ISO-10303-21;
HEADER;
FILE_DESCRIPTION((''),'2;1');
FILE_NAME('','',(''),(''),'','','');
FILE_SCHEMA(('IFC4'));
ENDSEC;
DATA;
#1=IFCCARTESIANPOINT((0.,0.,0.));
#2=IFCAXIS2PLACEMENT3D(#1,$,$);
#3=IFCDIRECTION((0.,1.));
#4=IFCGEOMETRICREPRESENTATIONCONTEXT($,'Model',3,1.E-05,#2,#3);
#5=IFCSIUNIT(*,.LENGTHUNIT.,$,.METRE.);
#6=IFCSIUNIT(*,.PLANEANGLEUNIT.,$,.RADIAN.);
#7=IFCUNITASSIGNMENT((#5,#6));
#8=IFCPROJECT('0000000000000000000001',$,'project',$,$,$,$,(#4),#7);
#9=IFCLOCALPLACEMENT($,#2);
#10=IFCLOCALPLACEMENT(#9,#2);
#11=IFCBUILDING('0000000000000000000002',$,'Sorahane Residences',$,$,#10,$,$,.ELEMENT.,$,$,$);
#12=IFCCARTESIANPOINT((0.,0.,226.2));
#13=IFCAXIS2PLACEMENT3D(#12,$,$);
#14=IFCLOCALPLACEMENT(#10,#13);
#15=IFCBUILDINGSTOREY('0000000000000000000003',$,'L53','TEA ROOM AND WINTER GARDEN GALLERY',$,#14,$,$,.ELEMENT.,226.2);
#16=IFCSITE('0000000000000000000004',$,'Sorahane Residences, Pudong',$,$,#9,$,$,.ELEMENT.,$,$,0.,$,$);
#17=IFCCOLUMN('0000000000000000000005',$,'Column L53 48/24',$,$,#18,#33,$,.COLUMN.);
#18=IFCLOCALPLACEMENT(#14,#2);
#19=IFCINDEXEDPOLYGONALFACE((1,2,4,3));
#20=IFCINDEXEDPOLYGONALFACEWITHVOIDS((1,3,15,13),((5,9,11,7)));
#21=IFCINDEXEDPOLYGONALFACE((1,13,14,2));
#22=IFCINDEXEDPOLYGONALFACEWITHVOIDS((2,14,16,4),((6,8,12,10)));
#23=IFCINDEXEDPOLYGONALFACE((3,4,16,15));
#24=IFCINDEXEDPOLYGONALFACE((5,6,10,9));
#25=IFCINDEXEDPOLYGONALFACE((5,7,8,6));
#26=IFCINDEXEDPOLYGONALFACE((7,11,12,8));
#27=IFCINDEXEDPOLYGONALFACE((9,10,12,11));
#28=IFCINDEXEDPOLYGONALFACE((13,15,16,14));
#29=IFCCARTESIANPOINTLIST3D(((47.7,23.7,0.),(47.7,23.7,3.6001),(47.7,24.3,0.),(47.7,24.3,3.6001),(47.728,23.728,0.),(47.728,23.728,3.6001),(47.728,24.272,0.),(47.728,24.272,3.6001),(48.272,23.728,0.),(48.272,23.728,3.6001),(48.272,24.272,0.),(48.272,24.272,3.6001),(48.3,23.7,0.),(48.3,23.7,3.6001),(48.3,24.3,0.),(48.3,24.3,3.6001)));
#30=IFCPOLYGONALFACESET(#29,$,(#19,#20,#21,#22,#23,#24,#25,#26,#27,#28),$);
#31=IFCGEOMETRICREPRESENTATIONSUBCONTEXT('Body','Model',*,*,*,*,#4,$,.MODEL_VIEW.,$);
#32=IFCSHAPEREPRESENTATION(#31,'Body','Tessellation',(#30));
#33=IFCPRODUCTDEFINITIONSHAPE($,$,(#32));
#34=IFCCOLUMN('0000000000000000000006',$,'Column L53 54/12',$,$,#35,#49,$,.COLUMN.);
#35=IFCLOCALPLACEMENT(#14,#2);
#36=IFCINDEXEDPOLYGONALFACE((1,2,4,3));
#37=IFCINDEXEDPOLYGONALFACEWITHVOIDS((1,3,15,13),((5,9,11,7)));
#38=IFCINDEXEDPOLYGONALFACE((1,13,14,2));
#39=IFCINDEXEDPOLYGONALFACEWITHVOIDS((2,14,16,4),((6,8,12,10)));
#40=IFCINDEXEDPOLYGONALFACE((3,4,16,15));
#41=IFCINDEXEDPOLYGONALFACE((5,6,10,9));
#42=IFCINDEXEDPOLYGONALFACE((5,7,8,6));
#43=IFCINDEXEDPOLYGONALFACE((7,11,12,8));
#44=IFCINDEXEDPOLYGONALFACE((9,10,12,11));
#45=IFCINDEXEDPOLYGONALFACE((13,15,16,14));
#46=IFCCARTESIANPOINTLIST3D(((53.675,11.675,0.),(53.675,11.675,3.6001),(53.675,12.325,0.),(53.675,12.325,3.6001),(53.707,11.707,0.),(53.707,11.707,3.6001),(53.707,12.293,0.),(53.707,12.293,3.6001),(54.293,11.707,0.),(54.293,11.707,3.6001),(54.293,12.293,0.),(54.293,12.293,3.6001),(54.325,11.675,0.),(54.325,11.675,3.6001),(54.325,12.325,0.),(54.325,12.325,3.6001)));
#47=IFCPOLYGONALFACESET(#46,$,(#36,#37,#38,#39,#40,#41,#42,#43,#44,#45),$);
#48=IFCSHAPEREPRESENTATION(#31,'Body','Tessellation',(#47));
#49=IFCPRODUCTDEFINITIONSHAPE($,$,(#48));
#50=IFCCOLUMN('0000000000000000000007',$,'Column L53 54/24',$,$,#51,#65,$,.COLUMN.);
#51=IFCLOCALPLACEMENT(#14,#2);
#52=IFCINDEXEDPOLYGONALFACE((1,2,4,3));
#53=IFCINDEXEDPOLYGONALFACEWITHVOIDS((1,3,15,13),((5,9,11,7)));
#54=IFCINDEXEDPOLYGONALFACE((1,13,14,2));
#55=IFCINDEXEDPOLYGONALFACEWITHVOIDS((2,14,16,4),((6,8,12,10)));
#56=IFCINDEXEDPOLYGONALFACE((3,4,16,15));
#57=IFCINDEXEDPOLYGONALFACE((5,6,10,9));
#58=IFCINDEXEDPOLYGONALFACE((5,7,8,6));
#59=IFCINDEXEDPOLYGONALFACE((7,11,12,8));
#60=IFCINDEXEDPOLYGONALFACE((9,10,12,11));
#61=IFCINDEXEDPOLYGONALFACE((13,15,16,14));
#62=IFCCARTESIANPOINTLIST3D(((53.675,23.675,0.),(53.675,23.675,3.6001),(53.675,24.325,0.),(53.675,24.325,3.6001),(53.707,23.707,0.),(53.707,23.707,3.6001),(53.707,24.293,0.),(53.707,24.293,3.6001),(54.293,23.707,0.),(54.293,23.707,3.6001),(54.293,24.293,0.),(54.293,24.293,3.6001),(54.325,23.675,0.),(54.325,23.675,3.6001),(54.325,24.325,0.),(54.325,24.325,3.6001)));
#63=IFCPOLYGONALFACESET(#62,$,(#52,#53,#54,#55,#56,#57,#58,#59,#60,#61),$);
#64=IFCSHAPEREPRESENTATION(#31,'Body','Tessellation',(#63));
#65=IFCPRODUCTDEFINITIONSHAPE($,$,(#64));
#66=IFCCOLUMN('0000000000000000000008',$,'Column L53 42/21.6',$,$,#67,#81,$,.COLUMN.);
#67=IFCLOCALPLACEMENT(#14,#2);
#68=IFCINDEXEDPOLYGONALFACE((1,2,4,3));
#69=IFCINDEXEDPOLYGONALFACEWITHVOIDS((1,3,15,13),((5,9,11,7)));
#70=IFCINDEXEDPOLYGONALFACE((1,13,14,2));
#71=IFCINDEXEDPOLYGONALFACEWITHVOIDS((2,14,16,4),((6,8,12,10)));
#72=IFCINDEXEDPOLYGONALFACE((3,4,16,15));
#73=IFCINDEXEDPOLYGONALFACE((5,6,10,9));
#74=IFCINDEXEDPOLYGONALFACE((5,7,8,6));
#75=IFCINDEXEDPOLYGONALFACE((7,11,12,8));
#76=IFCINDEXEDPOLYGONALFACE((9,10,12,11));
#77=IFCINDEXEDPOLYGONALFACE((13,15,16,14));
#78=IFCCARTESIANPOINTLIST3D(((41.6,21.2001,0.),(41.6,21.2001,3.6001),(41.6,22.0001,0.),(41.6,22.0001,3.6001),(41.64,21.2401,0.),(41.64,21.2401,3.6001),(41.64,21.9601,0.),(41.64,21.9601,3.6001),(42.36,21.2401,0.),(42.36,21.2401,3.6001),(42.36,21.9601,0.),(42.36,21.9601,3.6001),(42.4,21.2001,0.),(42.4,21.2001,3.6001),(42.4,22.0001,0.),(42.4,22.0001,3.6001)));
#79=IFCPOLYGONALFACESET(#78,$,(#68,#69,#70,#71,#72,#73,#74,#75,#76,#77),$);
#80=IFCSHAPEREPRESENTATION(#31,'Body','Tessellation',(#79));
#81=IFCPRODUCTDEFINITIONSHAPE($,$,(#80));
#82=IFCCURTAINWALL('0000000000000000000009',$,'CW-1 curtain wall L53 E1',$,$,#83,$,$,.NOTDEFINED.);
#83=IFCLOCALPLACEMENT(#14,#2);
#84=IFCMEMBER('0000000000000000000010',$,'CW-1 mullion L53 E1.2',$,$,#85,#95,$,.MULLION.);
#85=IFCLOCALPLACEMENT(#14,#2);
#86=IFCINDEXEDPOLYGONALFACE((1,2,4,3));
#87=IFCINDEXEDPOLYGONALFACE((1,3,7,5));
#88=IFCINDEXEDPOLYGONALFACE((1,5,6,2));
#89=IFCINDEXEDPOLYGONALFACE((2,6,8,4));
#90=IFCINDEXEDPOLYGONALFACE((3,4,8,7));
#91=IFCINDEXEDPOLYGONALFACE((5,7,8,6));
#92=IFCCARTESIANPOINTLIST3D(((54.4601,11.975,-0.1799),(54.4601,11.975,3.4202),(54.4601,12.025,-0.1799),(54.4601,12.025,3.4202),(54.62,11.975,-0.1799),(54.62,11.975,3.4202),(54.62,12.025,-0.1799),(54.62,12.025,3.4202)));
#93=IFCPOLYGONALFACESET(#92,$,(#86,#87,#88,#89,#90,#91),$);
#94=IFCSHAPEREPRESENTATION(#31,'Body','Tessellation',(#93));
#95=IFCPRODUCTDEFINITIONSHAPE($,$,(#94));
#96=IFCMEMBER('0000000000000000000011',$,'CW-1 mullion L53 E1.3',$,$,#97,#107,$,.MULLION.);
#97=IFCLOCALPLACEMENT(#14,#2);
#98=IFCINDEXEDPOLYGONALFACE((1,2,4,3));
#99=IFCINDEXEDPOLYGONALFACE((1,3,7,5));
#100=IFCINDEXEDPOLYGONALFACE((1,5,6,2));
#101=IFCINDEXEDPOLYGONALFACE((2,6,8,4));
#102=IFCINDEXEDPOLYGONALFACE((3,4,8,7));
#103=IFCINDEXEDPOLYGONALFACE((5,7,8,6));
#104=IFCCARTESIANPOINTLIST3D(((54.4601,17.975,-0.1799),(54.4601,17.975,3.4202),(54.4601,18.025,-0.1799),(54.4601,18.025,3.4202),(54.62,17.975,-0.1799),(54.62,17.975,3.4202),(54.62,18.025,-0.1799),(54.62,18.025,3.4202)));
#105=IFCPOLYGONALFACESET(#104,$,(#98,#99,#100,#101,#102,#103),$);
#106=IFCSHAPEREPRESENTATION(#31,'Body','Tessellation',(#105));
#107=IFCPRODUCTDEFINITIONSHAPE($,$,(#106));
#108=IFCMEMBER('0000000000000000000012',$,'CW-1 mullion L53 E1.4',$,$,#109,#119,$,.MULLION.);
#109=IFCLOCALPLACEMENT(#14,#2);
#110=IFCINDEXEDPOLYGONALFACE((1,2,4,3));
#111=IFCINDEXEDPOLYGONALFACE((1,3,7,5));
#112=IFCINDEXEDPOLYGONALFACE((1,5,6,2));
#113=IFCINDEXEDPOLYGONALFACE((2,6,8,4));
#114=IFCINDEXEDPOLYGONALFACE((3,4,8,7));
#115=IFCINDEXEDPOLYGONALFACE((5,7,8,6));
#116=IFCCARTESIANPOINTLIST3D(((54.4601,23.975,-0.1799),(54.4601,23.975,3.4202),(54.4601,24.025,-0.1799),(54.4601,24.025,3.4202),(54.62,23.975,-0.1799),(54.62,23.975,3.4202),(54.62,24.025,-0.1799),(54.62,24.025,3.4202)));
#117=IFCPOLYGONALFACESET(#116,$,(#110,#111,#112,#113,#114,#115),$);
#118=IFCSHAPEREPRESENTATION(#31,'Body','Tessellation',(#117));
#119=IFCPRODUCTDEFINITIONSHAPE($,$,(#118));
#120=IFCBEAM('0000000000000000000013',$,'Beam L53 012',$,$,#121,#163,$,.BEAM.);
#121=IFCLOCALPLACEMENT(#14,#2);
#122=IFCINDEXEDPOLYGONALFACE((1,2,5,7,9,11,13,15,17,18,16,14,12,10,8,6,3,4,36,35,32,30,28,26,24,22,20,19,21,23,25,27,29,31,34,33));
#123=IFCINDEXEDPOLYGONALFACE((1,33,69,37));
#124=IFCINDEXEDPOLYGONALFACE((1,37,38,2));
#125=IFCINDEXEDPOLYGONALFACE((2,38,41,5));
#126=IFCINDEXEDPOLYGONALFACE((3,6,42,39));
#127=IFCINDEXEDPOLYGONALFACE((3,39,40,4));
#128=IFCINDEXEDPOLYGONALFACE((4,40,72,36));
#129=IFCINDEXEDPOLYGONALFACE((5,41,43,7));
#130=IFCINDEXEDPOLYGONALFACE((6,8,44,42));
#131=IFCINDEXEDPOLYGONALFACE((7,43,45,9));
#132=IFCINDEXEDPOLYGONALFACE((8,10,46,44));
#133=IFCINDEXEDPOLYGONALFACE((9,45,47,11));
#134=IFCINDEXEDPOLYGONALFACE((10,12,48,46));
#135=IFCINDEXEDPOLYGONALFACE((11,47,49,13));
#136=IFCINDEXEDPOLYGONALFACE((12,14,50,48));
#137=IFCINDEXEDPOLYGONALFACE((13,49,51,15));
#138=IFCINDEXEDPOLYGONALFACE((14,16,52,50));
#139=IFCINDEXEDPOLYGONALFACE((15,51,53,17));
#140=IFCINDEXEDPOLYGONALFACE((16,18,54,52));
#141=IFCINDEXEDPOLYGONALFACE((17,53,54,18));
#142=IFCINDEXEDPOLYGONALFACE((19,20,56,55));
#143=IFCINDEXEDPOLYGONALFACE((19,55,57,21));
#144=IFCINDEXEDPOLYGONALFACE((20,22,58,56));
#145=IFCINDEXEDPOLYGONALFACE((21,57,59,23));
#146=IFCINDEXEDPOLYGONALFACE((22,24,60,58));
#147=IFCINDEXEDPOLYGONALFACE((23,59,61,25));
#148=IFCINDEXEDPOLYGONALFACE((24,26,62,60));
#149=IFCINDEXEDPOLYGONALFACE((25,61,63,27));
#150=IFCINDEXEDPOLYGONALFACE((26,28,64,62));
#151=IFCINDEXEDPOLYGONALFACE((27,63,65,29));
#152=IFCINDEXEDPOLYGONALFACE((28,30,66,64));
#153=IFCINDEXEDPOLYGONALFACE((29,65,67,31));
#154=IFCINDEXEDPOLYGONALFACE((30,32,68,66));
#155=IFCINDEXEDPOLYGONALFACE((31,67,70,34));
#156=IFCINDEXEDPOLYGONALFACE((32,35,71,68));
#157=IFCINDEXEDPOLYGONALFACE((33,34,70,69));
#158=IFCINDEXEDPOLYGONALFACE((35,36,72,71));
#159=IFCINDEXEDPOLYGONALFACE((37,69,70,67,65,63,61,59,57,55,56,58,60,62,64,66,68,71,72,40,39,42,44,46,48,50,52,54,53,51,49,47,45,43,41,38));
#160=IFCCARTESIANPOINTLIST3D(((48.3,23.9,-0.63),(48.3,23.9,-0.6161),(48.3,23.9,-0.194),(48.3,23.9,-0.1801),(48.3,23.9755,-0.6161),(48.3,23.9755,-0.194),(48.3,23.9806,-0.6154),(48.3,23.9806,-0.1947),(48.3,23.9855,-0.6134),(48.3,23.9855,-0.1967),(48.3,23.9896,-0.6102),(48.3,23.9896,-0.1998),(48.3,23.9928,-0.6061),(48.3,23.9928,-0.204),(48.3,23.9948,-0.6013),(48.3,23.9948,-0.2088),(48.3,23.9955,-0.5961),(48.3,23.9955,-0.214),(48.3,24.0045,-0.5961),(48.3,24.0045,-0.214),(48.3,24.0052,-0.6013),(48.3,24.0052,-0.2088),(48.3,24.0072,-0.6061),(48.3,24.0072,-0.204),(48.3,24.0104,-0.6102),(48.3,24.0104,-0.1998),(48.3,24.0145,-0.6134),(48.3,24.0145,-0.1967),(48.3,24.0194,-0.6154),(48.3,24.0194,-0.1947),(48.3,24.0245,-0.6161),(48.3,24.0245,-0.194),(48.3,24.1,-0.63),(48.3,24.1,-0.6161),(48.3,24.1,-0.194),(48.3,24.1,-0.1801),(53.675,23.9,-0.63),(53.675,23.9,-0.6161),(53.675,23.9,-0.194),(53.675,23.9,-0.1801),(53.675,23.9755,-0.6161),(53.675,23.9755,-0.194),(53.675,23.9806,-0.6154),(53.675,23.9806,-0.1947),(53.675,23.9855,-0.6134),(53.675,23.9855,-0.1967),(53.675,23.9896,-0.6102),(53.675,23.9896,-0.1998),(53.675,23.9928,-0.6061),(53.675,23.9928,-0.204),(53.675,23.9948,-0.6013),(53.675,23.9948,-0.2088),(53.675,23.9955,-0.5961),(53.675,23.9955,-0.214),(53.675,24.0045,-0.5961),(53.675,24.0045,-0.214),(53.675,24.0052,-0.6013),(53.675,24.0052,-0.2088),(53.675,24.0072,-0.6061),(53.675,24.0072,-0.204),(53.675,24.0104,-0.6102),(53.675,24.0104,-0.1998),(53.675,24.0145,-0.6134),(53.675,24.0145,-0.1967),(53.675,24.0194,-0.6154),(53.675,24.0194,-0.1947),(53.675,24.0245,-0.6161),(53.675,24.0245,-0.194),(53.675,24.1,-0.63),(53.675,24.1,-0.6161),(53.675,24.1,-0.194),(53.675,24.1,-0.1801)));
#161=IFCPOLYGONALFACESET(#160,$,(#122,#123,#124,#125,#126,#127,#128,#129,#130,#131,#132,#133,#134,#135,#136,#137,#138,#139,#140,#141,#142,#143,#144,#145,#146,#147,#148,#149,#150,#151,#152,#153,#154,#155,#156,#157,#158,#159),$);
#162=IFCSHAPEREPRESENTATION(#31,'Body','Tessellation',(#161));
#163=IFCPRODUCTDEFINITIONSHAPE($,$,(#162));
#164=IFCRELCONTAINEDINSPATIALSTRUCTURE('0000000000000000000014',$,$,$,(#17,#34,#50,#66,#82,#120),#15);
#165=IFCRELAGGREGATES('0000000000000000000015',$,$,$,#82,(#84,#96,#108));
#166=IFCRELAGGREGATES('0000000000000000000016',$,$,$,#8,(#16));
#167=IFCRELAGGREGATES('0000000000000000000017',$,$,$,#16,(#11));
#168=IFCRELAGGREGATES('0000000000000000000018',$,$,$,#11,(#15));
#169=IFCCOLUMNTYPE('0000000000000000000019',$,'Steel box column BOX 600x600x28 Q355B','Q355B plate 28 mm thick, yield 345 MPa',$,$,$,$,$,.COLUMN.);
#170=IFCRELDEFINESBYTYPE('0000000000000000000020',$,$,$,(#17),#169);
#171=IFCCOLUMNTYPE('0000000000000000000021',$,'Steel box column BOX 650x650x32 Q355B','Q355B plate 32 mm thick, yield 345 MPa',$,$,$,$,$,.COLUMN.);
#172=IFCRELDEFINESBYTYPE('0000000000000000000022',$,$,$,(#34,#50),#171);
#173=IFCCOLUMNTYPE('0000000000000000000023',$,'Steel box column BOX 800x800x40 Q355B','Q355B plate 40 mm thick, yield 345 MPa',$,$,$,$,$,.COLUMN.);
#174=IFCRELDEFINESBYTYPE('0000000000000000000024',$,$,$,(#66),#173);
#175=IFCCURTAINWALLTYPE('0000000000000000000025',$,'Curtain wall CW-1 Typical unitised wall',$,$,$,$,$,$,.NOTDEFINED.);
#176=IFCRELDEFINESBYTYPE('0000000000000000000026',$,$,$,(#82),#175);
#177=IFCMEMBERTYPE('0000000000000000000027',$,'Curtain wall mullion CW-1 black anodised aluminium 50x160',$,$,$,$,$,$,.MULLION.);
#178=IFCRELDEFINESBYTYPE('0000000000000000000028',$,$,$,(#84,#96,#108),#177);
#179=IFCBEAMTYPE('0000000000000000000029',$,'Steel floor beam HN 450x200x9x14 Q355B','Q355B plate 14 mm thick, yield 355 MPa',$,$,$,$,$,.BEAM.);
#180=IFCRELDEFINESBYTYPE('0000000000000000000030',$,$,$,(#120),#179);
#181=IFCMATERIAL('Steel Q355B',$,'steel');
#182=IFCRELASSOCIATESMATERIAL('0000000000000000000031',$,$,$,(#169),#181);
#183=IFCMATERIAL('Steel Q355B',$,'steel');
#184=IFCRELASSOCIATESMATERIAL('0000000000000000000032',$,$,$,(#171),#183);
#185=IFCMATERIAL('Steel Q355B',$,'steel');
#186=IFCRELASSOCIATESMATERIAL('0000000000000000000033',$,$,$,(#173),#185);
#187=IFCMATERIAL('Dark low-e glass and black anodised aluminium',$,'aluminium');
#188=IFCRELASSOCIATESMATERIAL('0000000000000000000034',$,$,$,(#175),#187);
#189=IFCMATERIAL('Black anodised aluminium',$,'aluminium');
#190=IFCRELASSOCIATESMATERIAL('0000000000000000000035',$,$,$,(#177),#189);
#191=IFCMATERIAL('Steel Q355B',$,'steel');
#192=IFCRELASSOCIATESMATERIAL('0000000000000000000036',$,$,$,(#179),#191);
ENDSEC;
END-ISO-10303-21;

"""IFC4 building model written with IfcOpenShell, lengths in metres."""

from ifc_helpers import new_model, si_unit, direction, frame, origin, origin_2d, place, context, subcontext, project, spatial, rectangle, hollow_rectangle, i_section, extrude, material, material_profile, profile_set, type_object, element, aggregate, save


model = new_model("IFC4")

# Units and contexts
model_context = context("Model", 3, precision=1e-05, world=origin(), true_north=direction((0.0, 1.0)))
body_context = subcontext(model_context, "Body", "Model", "MODEL_VIEW")
ifc_project = project(units=[si_unit("LENGTHUNIT", "METRE"), si_unit("PLANEANGLEUNIT", "RADIAN")], contexts=[model_context])

# Site, building, storey
site_placement = place(None, origin())
site = spatial("IfcSite", under=ifc_project, at=site_placement, Name="Sorahane Residences, Pudong", CompositionType="ELEMENT", RefElevation=0.0)
building_placement = place(site_placement, origin())
building = spatial("IfcBuilding", under=site, at=building_placement, Name="Sorahane Residences", CompositionType="ELEMENT")
storey_placement = place(building_placement, frame((0.0, 0.0, 226.2)))
storey = spatial("IfcBuildingStorey", under=building, at=storey_placement, Name="L53", Description="TEA ROOM AND WINTER GARDEN GALLERY", CompositionType="ELEMENT", Elevation=226.2)

# Columns
ifc_material_1 = material(Name="Steel Q355B", Category="steel")
ifc_material_profile_1 = material_profile(ifc_material_1, hollow_rectangle(XDim=0.6001, YDim=0.6001, WallThickness=0.0281, at=origin_2d()), Name="BOX 600x600x28")
ifc_profile_set_1 = profile_set([ifc_material_profile_1], Name="Steel Q355B")
column_type_1 = type_object("IfcColumnType", Name="Steel box column BOX 600x600x28 Q355B", Description="Q355B plate 28 mm thick, yield 345 MPa", PredefinedType="COLUMN", material=ifc_profile_set_1)
column_1_placement = place(storey_placement, frame((48.0, 24.0, 0.0), z_axis=(0.0, 0.0, 1.0), x_axis=(1.0, 0.0, 0.0)))
element("IfcColumn", 1, at=column_1_placement, inside=storey, type_object=column_type_1, Name="Column L53 48/24", PredefinedType="COLUMN", context=body_context, shape_type="SweptSolid", body=[
    extrude(hollow_rectangle(XDim=0.6001, YDim=0.6001, WallThickness=0.0281, at=origin_2d()), origin(), (0.0, 0.0, 1.0), 3.6001),
])
ifc_material_2 = material(Name="Steel Q355B", Category="steel")
ifc_material_profile_2 = material_profile(ifc_material_2, hollow_rectangle(XDim=0.6499, YDim=0.6499, WallThickness=0.032, at=origin_2d()), Name="BOX 650x650x32")
ifc_profile_set_2 = profile_set([ifc_material_profile_2], Name="Steel Q355B")
column_type_2 = type_object("IfcColumnType", Name="Steel box column BOX 650x650x32 Q355B", Description="Q355B plate 32 mm thick, yield 345 MPa", PredefinedType="COLUMN", material=ifc_profile_set_2)
for number, where, z_axis, x_axis, name in (
    (2, (54.0, 12.0, 0.0), (0.0, 0.0, 1.0), (1.0, 0.0, 0.0), "Column L53 54/12"),
    (3, (54.0, 24.0, 0.0), (0.0, 0.0, 1.0), (1.0, 0.0, 0.0), "Column L53 54/24"),
):
    element("IfcColumn", number, at=place(storey_placement, frame(where, z_axis=z_axis, x_axis=x_axis)), inside=storey, type_object=column_type_2, Name=name, PredefinedType="COLUMN", context=body_context, shape_type="SweptSolid", body=[
        extrude(hollow_rectangle(XDim=0.6499, YDim=0.6499, WallThickness=0.032, at=origin_2d()), origin(), (0.0, 0.0, 1.0), 3.6001),
    ])
ifc_material_3 = material(Name="Steel Q355B", Category="steel")
ifc_material_profile_3 = material_profile(ifc_material_3, hollow_rectangle(XDim=0.8, YDim=0.8, WallThickness=0.04, at=origin_2d()), Name="BOX 800x800x40")
ifc_profile_set_3 = profile_set([ifc_material_profile_3], Name="Steel Q355B")
column_type_3 = type_object("IfcColumnType", Name="Steel box column BOX 800x800x40 Q355B", Description="Q355B plate 40 mm thick, yield 345 MPa", PredefinedType="COLUMN", material=ifc_profile_set_3)
column_2_placement = place(storey_placement, frame((42.0, 21.6001, 0.0), z_axis=(0.0, 0.0, 1.0), x_axis=(1.0, 0.0, 0.0)))
element("IfcColumn", 4, at=column_2_placement, inside=storey, type_object=column_type_3, Name="Column L53 42/21.6", PredefinedType="COLUMN", context=body_context, shape_type="SweptSolid", body=[
    extrude(hollow_rectangle(XDim=0.8, YDim=0.8, WallThickness=0.04, at=origin_2d()), origin(), (0.0, 0.0, 1.0), 3.6001),
])

# Curtain wall, members
ifc_material_4 = material(Name="Dark low-e glass and black anodised aluminium", Category="aluminium")
curtain_wall_type = type_object("IfcCurtainWallType", Name="Curtain wall CW-1 Typical unitised wall", PredefinedType="NOTDEFINED", material=ifc_material_4)
curtain_wall_placement = place(storey_placement, origin())
curtain_wall = element("IfcCurtainWall", 5, at=curtain_wall_placement, inside=storey, type_object=curtain_wall_type, Name="CW-1 curtain wall L53 E1", PredefinedType="NOTDEFINED")
ifc_material_5 = material(Name="Black anodised aluminium", Category="aluminium")
ifc_material_profile_4 = material_profile(ifc_material_5, rectangle(XDim=0.1599, YDim=0.05, at=origin_2d()), Name="Curtain wall mullion CW-1 black anodised aluminium 50x160")
ifc_profile_set_4 = profile_set([ifc_material_profile_4], Name="Black anodised aluminium")
member_type = type_object("IfcMemberType", Name="Curtain wall mullion CW-1 black anodised aluminium 50x160", PredefinedType="MULLION", material=ifc_profile_set_4)
member_1_placement = place(storey_placement, frame((54.54, 12.0, -0.1799), z_axis=(0.0, 0.0, 1.0), x_axis=(1.0, 0.0, 0.0)))
member_1 = element("IfcMember", 6, at=member_1_placement, type_object=member_type, Name="CW-1 mullion L53 E1.2", PredefinedType="MULLION", context=body_context, shape_type="SweptSolid", body=[
    extrude(rectangle(XDim=0.1599, YDim=0.05, at=origin_2d()), origin(), (0.0, 0.0, 1.0), 3.6001),
])
member_2_placement = place(storey_placement, frame((54.54, 18.0, -0.1799), z_axis=(0.0, 0.0, 1.0), x_axis=(1.0, 0.0, 0.0)))
member_2 = element("IfcMember", 7, at=member_2_placement, type_object=member_type, Name="CW-1 mullion L53 E1.3", PredefinedType="MULLION", context=body_context, shape_type="SweptSolid", body=[
    extrude(rectangle(XDim=0.1599, YDim=0.05, at=origin_2d()), origin(), (0.0, 0.0, 1.0), 3.6001),
])
member_3_placement = place(storey_placement, frame((54.54, 24.0, -0.1799), z_axis=(0.0, 0.0, 1.0), x_axis=(1.0, 0.0, 0.0)))
member_3 = element("IfcMember", 8, at=member_3_placement, type_object=member_type, Name="CW-1 mullion L53 E1.4", PredefinedType="MULLION", context=body_context, shape_type="SweptSolid", body=[
    extrude(rectangle(XDim=0.1599, YDim=0.05, at=origin_2d()), origin(), (0.0, 0.0, 1.0), 3.6001),
])

# Beam
ifc_material_6 = material(Name="Steel Q355B", Category="steel")
ifc_material_profile_5 = material_profile(ifc_material_6, i_section(OverallWidth=0.2, OverallDepth=0.45, WebThickness=0.009, FlangeThickness=0.0139, FilletRadius=0.02, at=origin_2d()), Name="HN 450x200x9x14")
ifc_profile_set_5 = profile_set([ifc_material_profile_5], Name="Steel Q355B")
beam_type_1 = type_object("IfcBeamType", Name="Steel floor beam HN 450x200x9x14 Q355B", Description="Q355B plate 14 mm thick, yield 355 MPa", PredefinedType="BEAM", material=ifc_profile_set_5)
beam_1_placement = place(storey_placement, frame((48.3, 24.0, -0.405), z_axis=(1.0, 0.0, 0.0), x_axis=(0.0, 1.0, 0.0)))
element("IfcBeam", 9, at=beam_1_placement, inside=storey, type_object=beam_type_1, Name="Beam L53 012", PredefinedType="BEAM", context=body_context, shape_type="SweptSolid", body=[
    extrude(i_section(OverallWidth=0.2, OverallDepth=0.45, WebThickness=0.009, FlangeThickness=0.0139, FilletRadius=0.02, at=origin_2d()), origin(), (0.0, 0.0, 1.0), 5.375),
])

aggregate(curtain_wall, [member_1, member_2, member_3])

save(model, "model.ifc")
